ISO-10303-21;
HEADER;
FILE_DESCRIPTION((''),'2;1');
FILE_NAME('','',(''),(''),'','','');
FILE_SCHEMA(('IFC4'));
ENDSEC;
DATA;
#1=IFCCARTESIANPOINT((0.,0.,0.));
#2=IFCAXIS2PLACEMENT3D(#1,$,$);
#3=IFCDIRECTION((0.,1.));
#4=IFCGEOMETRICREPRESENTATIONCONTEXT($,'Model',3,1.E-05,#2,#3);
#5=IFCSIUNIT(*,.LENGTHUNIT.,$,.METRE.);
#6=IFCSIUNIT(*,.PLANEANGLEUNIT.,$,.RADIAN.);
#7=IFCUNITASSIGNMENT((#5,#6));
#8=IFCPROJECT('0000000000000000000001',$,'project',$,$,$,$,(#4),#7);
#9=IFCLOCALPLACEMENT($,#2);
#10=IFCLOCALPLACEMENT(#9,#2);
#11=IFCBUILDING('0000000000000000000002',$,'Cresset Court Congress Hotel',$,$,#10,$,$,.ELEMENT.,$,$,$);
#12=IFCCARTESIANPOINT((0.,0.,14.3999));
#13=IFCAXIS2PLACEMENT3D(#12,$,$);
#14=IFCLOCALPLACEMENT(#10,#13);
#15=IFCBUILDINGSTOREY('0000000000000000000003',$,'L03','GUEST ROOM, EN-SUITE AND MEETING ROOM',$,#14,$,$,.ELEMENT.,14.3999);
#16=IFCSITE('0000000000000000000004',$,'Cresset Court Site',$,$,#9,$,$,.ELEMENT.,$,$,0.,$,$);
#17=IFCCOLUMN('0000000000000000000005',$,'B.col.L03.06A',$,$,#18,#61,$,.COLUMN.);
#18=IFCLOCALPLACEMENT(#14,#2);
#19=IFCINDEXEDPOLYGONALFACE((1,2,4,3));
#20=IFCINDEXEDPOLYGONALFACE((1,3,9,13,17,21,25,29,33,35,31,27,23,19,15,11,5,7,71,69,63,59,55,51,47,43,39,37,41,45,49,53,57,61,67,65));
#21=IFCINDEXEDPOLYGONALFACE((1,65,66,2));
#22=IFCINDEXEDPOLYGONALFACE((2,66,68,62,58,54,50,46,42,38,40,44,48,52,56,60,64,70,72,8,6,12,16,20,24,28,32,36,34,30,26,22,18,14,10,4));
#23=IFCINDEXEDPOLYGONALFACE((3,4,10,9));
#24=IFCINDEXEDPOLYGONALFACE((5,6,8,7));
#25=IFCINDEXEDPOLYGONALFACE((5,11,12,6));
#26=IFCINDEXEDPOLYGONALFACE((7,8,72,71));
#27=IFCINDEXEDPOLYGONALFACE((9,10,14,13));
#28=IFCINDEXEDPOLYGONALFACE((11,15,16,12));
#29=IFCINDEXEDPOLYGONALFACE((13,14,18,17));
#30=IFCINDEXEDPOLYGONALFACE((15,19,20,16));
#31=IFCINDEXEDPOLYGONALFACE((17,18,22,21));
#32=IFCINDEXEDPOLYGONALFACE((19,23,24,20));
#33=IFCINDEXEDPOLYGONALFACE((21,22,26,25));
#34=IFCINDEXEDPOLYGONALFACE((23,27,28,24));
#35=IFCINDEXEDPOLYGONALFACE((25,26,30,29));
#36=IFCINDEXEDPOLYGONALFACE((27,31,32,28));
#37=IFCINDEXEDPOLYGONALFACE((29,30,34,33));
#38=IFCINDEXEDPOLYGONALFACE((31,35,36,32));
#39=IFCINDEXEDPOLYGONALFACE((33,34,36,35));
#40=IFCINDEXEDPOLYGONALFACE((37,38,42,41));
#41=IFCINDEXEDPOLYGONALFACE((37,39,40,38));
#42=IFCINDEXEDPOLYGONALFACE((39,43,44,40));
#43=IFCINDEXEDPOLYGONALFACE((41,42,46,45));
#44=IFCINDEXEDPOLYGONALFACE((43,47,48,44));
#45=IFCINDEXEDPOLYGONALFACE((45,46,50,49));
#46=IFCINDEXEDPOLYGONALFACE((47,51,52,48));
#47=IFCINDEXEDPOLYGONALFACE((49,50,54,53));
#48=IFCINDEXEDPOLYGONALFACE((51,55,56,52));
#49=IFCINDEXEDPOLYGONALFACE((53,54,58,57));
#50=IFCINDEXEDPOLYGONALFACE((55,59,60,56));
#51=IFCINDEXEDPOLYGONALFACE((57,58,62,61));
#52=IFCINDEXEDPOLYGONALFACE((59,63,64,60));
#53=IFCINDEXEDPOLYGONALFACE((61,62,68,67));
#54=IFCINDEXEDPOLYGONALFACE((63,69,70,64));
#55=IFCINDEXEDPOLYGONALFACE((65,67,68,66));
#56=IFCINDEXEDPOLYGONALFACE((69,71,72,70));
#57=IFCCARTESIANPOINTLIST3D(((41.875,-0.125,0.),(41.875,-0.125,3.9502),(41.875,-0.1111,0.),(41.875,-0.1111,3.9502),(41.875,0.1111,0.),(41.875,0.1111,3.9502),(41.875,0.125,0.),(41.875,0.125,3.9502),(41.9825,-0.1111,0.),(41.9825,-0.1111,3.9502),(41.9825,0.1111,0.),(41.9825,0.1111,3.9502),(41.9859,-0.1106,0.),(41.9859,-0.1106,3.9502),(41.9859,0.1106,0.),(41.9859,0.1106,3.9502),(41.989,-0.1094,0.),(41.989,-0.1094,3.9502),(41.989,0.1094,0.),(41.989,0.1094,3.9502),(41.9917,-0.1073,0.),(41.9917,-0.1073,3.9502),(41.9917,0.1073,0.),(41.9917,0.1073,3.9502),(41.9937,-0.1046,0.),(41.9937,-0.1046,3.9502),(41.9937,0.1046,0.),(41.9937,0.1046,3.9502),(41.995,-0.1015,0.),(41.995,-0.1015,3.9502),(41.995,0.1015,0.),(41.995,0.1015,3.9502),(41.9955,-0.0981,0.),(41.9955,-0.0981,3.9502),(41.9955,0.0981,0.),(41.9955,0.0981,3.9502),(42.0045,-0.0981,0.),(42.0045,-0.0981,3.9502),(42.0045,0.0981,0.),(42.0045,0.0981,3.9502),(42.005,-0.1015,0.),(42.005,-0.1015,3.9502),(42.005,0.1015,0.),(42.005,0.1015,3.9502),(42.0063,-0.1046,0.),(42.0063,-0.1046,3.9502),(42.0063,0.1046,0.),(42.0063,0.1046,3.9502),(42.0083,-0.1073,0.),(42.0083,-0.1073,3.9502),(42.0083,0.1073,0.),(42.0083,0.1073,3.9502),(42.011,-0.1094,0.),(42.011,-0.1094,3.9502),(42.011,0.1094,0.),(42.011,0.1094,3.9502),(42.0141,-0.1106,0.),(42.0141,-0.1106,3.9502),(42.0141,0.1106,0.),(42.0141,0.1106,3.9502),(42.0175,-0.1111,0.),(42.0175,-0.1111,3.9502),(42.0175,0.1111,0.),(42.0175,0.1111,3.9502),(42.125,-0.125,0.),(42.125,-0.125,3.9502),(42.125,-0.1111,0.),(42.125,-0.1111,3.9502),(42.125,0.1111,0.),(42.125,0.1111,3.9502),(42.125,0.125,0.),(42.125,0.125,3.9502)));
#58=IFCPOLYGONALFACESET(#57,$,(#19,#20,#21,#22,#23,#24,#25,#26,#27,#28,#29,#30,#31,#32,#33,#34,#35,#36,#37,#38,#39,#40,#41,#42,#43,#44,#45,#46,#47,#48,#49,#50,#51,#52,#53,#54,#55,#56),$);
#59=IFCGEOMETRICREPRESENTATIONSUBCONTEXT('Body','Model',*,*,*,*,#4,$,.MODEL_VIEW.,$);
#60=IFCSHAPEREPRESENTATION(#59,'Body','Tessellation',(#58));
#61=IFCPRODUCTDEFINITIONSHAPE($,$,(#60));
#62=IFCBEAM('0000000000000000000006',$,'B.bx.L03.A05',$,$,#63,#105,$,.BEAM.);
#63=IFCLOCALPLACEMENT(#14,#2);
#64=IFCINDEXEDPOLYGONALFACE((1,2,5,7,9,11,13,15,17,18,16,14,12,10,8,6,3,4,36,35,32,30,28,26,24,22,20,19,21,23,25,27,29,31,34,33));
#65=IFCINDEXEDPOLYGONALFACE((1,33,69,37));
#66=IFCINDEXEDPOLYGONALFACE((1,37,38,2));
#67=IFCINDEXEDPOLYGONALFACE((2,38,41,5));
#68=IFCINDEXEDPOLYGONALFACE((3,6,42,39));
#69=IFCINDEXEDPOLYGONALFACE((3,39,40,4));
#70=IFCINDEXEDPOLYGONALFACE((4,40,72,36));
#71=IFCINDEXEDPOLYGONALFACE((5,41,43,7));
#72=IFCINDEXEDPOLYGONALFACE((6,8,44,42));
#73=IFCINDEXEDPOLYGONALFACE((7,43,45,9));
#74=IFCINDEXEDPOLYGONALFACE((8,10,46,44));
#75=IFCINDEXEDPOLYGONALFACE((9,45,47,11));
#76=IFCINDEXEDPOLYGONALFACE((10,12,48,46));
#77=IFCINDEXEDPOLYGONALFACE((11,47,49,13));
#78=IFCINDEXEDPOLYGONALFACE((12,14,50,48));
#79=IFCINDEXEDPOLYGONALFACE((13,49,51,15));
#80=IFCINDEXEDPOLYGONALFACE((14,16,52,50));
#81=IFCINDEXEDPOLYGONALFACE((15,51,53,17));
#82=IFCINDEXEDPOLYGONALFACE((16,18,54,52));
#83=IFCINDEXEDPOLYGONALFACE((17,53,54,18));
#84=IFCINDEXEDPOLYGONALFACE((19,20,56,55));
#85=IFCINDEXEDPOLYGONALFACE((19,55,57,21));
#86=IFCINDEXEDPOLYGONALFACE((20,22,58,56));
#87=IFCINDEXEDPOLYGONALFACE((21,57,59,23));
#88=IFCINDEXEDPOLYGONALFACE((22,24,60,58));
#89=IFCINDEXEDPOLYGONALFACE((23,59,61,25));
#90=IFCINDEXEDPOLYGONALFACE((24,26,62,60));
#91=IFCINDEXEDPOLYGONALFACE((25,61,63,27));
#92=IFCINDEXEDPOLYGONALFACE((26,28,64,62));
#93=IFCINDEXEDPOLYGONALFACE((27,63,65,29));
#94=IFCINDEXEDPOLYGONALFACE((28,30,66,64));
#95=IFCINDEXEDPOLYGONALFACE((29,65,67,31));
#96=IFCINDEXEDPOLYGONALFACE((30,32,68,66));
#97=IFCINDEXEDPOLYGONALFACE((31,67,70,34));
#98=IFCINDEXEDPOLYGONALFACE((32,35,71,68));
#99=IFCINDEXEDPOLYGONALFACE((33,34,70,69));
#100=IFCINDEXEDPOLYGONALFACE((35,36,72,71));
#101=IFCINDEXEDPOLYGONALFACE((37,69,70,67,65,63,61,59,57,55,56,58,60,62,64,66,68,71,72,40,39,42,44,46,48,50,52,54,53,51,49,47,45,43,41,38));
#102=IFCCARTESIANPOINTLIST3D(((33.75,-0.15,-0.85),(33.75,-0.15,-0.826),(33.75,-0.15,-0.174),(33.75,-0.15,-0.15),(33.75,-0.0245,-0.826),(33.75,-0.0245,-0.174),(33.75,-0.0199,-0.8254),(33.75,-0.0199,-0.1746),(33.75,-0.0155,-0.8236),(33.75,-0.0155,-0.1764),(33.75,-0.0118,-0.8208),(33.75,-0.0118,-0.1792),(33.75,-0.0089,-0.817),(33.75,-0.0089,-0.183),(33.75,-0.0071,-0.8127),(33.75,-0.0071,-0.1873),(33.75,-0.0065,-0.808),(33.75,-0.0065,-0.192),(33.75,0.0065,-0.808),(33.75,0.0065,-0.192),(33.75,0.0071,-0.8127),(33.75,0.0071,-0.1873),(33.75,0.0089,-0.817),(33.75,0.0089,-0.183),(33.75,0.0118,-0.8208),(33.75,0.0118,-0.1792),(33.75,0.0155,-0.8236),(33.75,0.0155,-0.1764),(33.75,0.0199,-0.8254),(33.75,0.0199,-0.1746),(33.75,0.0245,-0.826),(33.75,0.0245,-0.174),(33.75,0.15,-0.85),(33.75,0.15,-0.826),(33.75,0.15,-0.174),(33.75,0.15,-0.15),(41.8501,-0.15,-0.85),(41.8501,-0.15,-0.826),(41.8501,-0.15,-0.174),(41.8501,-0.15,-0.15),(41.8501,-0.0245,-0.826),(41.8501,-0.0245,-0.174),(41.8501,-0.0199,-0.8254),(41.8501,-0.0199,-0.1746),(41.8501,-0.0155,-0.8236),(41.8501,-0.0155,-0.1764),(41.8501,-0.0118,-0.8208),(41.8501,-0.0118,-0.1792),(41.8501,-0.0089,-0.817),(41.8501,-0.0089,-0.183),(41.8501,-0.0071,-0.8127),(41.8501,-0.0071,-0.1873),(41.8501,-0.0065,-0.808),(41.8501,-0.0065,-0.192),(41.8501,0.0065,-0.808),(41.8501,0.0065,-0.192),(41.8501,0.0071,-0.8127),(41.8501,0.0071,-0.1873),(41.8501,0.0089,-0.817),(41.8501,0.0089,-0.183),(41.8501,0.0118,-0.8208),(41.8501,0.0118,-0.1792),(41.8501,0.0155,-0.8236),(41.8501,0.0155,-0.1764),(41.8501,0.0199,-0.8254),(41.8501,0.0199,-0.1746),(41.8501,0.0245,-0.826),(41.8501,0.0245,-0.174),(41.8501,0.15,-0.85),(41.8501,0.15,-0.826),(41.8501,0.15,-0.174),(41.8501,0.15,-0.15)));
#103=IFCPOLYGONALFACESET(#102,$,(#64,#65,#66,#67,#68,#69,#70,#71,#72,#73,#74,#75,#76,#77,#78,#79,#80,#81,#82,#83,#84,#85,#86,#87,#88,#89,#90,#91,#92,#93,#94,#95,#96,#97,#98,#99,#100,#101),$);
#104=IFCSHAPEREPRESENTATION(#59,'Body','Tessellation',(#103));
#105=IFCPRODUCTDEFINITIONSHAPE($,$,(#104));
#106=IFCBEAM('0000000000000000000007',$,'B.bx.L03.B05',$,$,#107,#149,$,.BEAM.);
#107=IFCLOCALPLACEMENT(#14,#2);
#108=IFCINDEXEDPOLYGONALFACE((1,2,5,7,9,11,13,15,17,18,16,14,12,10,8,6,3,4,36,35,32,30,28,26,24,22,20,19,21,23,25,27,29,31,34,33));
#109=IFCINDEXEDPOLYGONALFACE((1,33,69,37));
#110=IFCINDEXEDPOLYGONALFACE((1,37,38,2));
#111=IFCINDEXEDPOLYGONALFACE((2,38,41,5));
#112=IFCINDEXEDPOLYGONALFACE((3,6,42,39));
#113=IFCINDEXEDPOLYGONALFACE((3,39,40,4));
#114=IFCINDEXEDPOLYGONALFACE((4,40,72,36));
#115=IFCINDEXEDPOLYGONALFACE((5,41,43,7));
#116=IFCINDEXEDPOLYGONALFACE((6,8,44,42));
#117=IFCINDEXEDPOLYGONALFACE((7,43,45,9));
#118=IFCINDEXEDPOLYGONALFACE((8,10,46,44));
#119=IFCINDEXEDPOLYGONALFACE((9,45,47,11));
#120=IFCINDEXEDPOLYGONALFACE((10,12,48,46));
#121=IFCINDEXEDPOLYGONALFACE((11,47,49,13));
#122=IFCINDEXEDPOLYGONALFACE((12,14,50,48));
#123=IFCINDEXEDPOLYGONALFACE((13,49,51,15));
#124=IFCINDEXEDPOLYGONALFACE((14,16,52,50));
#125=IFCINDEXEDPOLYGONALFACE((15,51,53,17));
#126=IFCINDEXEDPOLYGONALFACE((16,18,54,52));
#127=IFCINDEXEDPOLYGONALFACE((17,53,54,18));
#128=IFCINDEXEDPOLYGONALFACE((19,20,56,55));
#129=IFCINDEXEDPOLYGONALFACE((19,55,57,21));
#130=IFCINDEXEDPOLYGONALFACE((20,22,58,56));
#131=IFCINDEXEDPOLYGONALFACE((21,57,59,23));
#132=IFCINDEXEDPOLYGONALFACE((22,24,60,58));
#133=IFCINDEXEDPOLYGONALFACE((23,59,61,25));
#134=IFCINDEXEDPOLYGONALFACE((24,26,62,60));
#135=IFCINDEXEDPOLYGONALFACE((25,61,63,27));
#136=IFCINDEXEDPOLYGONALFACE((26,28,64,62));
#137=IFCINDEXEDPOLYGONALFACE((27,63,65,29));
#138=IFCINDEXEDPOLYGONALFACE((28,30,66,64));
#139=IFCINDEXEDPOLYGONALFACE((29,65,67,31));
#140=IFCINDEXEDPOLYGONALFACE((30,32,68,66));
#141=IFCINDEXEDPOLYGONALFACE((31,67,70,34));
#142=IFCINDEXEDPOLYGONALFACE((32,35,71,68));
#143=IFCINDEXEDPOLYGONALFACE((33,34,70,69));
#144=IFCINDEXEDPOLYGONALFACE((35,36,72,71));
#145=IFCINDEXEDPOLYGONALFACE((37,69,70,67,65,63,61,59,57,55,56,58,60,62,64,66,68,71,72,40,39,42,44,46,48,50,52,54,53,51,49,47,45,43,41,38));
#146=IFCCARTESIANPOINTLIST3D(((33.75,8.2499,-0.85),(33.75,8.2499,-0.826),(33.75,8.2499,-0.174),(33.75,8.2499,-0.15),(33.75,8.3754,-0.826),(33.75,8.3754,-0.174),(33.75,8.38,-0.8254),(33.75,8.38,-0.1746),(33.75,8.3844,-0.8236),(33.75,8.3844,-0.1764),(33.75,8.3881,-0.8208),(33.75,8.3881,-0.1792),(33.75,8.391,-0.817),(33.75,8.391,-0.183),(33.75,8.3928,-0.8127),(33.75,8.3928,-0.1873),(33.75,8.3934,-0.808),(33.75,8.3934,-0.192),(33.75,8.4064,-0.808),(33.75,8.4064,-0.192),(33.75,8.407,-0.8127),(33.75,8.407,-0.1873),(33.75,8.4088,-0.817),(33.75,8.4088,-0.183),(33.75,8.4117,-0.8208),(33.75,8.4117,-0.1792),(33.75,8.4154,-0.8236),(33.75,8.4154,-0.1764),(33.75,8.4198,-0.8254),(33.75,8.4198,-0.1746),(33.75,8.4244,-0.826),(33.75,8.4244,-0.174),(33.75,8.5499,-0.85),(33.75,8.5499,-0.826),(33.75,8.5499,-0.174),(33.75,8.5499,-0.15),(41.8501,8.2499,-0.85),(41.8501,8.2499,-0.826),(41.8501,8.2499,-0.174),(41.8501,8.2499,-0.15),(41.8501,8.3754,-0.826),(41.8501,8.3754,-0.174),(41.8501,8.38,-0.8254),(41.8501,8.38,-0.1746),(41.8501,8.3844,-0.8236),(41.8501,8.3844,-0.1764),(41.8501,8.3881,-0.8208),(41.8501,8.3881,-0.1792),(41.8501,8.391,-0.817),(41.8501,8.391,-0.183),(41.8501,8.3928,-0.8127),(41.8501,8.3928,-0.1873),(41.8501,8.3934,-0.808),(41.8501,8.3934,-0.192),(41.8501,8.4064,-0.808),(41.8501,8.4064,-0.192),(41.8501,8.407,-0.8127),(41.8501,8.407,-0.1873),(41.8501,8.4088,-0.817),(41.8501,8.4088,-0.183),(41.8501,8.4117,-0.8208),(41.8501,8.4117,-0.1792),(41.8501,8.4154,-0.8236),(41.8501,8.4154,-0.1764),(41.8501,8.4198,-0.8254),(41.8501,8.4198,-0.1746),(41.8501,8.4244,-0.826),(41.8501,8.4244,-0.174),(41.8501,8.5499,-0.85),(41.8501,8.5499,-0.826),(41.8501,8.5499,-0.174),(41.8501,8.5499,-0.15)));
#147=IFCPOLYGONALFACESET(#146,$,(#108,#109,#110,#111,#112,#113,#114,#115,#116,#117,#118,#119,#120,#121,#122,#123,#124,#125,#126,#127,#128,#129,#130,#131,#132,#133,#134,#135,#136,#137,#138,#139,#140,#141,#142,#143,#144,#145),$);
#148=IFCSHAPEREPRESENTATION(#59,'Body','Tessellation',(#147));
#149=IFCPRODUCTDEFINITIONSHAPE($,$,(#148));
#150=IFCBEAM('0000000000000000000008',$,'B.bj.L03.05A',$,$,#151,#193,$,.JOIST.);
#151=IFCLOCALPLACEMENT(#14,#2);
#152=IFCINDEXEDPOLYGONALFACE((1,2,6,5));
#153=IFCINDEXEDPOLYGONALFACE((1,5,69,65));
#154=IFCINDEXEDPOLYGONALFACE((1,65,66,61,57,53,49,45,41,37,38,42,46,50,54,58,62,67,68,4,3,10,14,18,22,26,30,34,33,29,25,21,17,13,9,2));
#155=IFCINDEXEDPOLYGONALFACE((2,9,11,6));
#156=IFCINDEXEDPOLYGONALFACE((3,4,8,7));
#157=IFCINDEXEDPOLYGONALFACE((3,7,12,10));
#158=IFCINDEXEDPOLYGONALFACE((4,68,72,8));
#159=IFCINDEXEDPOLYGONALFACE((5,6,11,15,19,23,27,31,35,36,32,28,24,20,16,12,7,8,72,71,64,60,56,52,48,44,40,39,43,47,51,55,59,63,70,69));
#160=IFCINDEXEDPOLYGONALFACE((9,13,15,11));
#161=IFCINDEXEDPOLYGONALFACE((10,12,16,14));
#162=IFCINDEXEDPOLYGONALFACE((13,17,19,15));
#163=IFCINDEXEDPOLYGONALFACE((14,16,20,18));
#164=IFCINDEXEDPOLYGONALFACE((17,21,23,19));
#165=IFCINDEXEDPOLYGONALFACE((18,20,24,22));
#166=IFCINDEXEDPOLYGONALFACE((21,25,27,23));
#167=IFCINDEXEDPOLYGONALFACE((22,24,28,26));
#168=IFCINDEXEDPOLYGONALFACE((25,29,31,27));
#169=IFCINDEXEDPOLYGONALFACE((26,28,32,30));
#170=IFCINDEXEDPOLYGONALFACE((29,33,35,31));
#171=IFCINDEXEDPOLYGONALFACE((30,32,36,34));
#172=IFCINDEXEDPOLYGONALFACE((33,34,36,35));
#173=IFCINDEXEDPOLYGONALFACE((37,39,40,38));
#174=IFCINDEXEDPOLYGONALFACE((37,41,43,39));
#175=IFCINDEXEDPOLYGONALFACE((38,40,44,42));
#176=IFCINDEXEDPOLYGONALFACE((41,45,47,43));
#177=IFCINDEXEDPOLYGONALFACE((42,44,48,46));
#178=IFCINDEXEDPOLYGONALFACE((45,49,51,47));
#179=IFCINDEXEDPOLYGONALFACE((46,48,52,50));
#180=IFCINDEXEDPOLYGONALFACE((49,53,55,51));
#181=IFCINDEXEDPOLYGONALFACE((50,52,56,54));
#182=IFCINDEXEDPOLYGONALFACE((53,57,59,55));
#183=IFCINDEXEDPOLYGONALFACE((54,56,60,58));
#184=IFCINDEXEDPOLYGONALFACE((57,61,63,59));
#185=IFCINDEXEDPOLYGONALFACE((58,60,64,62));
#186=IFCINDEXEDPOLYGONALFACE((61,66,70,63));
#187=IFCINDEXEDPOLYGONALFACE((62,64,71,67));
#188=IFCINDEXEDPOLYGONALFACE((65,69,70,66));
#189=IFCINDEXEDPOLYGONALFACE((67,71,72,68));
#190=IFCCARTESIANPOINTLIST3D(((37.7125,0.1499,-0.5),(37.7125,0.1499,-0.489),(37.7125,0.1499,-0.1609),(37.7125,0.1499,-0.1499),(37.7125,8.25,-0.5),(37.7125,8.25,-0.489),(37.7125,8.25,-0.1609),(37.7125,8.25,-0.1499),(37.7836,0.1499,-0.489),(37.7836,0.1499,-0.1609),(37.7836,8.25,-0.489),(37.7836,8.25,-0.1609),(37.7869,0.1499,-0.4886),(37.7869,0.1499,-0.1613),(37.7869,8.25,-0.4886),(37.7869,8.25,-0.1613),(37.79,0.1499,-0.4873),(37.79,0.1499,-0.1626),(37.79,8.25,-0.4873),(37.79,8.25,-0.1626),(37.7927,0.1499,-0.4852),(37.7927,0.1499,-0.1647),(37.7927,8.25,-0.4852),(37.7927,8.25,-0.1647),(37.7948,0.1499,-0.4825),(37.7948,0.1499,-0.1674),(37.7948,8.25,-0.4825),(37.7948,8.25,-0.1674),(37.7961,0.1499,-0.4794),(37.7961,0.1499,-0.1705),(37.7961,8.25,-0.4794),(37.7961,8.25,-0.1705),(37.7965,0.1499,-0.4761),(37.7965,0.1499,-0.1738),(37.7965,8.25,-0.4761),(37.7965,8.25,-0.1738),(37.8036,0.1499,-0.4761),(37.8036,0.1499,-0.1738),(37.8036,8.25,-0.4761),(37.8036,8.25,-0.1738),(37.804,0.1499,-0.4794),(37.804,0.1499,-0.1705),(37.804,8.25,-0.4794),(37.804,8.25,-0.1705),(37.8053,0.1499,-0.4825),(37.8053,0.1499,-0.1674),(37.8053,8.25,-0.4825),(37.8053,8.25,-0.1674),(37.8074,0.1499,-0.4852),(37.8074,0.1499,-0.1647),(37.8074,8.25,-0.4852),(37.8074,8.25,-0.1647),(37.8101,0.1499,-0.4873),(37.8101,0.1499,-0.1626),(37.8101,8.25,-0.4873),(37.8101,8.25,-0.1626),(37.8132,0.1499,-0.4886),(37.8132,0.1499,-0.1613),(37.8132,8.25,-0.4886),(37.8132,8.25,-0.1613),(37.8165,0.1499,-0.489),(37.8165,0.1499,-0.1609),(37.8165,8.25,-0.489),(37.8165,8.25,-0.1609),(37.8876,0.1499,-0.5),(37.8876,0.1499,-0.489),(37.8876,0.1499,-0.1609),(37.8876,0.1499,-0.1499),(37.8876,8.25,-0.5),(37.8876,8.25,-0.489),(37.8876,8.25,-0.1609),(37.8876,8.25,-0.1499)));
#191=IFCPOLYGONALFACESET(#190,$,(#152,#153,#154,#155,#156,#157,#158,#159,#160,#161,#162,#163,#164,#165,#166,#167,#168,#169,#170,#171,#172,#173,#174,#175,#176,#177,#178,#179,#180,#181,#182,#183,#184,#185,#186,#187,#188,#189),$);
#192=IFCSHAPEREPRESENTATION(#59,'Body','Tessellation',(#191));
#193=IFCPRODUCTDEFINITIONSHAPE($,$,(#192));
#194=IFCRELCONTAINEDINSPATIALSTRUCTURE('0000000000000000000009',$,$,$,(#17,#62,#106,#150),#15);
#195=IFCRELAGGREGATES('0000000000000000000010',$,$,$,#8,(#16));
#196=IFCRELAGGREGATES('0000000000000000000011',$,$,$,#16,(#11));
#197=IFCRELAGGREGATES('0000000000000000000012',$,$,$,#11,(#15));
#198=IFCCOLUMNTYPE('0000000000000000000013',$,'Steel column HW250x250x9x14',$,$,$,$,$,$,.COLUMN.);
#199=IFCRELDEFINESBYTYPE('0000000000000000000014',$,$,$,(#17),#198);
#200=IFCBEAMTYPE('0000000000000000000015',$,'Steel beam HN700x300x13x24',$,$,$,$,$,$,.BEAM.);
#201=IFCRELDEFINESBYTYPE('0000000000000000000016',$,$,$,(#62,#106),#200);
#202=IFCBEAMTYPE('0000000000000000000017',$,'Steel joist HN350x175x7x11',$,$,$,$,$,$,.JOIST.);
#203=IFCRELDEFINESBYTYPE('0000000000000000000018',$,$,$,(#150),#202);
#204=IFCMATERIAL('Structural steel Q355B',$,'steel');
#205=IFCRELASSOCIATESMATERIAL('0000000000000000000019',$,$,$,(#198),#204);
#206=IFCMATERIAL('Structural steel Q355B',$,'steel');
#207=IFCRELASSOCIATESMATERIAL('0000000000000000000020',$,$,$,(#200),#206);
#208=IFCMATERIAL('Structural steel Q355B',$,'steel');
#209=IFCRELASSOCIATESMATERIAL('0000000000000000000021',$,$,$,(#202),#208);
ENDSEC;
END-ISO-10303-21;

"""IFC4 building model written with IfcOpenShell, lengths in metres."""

from ifc_helpers import new_model, si_unit, direction, frame, origin, origin_2d, place, context, subcontext, project, spatial, i_section, extrude, material, material_profile, profile_set, type_object, element, save


model = new_model("IFC4")

# Units and contexts
model_context = context("Model", 3, precision=1e-05, world=origin(), true_north=direction((0.0, 1.0)))
body_context = subcontext(model_context, "Body", "Model", "MODEL_VIEW")
ifc_project = project(units=[si_unit("LENGTHUNIT", "METRE"), si_unit("PLANEANGLEUNIT", "RADIAN")], contexts=[model_context])

# Site, building, storey
site_placement = place(None, origin())
site = spatial("IfcSite", under=ifc_project, at=site_placement, Name="Cresset Court Site", CompositionType="ELEMENT", RefElevation=0.0)
building_placement = place(site_placement, origin())
building = spatial("IfcBuilding", under=site, at=building_placement, Name="Cresset Court Congress Hotel", CompositionType="ELEMENT")
storey_placement = place(building_placement, frame((0.0, 0.0, 14.3999)))
storey = spatial("IfcBuildingStorey", under=building, at=storey_placement, Name="L03", Description="GUEST ROOM, EN-SUITE AND MEETING ROOM", CompositionType="ELEMENT", Elevation=14.3999)

# Column
ifc_material_1 = material(Name="Structural steel Q355B", Category="steel")
ifc_material_profile_1 = material_profile(ifc_material_1, i_section(OverallWidth=0.25, OverallDepth=0.25, WebThickness=0.009, FlangeThickness=0.0139, FilletRadius=0.0129, at=origin_2d()), Name="HW250x250x9x14")
ifc_profile_set_1 = profile_set([ifc_material_profile_1], Name="Structural steel Q355B")
column_type = type_object("IfcColumnType", Name="Steel column HW250x250x9x14", PredefinedType="COLUMN", material=ifc_profile_set_1)
column_placement = place(storey_placement, frame((42.0, 0.0, 0.0), z_axis=(0.0, 0.0, 1.0), x_axis=(1.0, 0.0, 0.0)))
element("IfcColumn", 1, at=column_placement, inside=storey, type_object=column_type, Name="B.col.L03.06A", PredefinedType="COLUMN", context=body_context, shape_type="SweptSolid", body=[
    extrude(i_section(OverallWidth=0.25, OverallDepth=0.25, WebThickness=0.009, FlangeThickness=0.0139, FilletRadius=0.0129, at=origin_2d()), origin(), (0.0, 0.0, 1.0), 3.9502),
])

# Beams
ifc_material_2 = material(Name="Structural steel Q355B", Category="steel")
ifc_material_profile_2 = material_profile(ifc_material_2, i_section(OverallWidth=0.3, OverallDepth=0.7, WebThickness=0.0129, FlangeThickness=0.0239, FilletRadius=0.0181, at=origin_2d()), Name="HN700x300x13x24")
ifc_profile_set_2 = profile_set([ifc_material_profile_2], Name="Structural steel Q355B")
beam_type_1 = type_object("IfcBeamType", Name="Steel beam HN700x300x13x24", PredefinedType="BEAM", material=ifc_profile_set_2)
for number, where, z_axis, x_axis, name in (
    (2, (33.75, 0.0, -0.5), (1.0, 0.0, 0.0), (0.0, 1.0, 0.0), "B.bx.L03.A05"),
    (3, (33.75, 8.3999, -0.5), (1.0, 0.0, 0.0), (0.0, 1.0, 0.0), "B.bx.L03.B05"),
):
    element("IfcBeam", number, at=place(storey_placement, frame(where, z_axis=z_axis, x_axis=x_axis)), inside=storey, type_object=beam_type_1, Name=name, PredefinedType="BEAM", context=body_context, shape_type="SweptSolid", body=[
        extrude(i_section(OverallWidth=0.3, OverallDepth=0.7, WebThickness=0.0129, FlangeThickness=0.0239, FilletRadius=0.0181, at=origin_2d()), origin(), (0.0, 0.0, 1.0), 8.1001),
    ])
ifc_material_3 = material(Name="Structural steel Q355B", Category="steel")
ifc_material_profile_3 = material_profile(ifc_material_3, i_section(OverallWidth=0.175, OverallDepth=0.3501, WebThickness=0.0071, FlangeThickness=0.011, FilletRadius=0.0129, at=origin_2d()), Name="HN350x175x7x11")
ifc_profile_set_3 = profile_set([ifc_material_profile_3], Name="Structural steel Q355B")
beam_type_2 = type_object("IfcBeamType", Name="Steel joist HN350x175x7x11", PredefinedType="JOIST", material=ifc_profile_set_3)
beam_1_placement = place(storey_placement, frame((37.8, 0.1499, -0.325), z_axis=(0.0, 1.0, 0.0), x_axis=(-1.0, 0.0, 0.0)))
element("IfcBeam", 4, at=beam_1_placement, inside=storey, type_object=beam_type_2, Name="B.bj.L03.05A", PredefinedType="JOIST", context=body_context, shape_type="SweptSolid", body=[
    extrude(i_section(OverallWidth=0.175, OverallDepth=0.3501, WebThickness=0.0071, FlangeThickness=0.011, FilletRadius=0.0129, at=origin_2d()), origin(), (0.0, 0.0, 1.0), 8.1001),
])

save(model, "model.ifc")
